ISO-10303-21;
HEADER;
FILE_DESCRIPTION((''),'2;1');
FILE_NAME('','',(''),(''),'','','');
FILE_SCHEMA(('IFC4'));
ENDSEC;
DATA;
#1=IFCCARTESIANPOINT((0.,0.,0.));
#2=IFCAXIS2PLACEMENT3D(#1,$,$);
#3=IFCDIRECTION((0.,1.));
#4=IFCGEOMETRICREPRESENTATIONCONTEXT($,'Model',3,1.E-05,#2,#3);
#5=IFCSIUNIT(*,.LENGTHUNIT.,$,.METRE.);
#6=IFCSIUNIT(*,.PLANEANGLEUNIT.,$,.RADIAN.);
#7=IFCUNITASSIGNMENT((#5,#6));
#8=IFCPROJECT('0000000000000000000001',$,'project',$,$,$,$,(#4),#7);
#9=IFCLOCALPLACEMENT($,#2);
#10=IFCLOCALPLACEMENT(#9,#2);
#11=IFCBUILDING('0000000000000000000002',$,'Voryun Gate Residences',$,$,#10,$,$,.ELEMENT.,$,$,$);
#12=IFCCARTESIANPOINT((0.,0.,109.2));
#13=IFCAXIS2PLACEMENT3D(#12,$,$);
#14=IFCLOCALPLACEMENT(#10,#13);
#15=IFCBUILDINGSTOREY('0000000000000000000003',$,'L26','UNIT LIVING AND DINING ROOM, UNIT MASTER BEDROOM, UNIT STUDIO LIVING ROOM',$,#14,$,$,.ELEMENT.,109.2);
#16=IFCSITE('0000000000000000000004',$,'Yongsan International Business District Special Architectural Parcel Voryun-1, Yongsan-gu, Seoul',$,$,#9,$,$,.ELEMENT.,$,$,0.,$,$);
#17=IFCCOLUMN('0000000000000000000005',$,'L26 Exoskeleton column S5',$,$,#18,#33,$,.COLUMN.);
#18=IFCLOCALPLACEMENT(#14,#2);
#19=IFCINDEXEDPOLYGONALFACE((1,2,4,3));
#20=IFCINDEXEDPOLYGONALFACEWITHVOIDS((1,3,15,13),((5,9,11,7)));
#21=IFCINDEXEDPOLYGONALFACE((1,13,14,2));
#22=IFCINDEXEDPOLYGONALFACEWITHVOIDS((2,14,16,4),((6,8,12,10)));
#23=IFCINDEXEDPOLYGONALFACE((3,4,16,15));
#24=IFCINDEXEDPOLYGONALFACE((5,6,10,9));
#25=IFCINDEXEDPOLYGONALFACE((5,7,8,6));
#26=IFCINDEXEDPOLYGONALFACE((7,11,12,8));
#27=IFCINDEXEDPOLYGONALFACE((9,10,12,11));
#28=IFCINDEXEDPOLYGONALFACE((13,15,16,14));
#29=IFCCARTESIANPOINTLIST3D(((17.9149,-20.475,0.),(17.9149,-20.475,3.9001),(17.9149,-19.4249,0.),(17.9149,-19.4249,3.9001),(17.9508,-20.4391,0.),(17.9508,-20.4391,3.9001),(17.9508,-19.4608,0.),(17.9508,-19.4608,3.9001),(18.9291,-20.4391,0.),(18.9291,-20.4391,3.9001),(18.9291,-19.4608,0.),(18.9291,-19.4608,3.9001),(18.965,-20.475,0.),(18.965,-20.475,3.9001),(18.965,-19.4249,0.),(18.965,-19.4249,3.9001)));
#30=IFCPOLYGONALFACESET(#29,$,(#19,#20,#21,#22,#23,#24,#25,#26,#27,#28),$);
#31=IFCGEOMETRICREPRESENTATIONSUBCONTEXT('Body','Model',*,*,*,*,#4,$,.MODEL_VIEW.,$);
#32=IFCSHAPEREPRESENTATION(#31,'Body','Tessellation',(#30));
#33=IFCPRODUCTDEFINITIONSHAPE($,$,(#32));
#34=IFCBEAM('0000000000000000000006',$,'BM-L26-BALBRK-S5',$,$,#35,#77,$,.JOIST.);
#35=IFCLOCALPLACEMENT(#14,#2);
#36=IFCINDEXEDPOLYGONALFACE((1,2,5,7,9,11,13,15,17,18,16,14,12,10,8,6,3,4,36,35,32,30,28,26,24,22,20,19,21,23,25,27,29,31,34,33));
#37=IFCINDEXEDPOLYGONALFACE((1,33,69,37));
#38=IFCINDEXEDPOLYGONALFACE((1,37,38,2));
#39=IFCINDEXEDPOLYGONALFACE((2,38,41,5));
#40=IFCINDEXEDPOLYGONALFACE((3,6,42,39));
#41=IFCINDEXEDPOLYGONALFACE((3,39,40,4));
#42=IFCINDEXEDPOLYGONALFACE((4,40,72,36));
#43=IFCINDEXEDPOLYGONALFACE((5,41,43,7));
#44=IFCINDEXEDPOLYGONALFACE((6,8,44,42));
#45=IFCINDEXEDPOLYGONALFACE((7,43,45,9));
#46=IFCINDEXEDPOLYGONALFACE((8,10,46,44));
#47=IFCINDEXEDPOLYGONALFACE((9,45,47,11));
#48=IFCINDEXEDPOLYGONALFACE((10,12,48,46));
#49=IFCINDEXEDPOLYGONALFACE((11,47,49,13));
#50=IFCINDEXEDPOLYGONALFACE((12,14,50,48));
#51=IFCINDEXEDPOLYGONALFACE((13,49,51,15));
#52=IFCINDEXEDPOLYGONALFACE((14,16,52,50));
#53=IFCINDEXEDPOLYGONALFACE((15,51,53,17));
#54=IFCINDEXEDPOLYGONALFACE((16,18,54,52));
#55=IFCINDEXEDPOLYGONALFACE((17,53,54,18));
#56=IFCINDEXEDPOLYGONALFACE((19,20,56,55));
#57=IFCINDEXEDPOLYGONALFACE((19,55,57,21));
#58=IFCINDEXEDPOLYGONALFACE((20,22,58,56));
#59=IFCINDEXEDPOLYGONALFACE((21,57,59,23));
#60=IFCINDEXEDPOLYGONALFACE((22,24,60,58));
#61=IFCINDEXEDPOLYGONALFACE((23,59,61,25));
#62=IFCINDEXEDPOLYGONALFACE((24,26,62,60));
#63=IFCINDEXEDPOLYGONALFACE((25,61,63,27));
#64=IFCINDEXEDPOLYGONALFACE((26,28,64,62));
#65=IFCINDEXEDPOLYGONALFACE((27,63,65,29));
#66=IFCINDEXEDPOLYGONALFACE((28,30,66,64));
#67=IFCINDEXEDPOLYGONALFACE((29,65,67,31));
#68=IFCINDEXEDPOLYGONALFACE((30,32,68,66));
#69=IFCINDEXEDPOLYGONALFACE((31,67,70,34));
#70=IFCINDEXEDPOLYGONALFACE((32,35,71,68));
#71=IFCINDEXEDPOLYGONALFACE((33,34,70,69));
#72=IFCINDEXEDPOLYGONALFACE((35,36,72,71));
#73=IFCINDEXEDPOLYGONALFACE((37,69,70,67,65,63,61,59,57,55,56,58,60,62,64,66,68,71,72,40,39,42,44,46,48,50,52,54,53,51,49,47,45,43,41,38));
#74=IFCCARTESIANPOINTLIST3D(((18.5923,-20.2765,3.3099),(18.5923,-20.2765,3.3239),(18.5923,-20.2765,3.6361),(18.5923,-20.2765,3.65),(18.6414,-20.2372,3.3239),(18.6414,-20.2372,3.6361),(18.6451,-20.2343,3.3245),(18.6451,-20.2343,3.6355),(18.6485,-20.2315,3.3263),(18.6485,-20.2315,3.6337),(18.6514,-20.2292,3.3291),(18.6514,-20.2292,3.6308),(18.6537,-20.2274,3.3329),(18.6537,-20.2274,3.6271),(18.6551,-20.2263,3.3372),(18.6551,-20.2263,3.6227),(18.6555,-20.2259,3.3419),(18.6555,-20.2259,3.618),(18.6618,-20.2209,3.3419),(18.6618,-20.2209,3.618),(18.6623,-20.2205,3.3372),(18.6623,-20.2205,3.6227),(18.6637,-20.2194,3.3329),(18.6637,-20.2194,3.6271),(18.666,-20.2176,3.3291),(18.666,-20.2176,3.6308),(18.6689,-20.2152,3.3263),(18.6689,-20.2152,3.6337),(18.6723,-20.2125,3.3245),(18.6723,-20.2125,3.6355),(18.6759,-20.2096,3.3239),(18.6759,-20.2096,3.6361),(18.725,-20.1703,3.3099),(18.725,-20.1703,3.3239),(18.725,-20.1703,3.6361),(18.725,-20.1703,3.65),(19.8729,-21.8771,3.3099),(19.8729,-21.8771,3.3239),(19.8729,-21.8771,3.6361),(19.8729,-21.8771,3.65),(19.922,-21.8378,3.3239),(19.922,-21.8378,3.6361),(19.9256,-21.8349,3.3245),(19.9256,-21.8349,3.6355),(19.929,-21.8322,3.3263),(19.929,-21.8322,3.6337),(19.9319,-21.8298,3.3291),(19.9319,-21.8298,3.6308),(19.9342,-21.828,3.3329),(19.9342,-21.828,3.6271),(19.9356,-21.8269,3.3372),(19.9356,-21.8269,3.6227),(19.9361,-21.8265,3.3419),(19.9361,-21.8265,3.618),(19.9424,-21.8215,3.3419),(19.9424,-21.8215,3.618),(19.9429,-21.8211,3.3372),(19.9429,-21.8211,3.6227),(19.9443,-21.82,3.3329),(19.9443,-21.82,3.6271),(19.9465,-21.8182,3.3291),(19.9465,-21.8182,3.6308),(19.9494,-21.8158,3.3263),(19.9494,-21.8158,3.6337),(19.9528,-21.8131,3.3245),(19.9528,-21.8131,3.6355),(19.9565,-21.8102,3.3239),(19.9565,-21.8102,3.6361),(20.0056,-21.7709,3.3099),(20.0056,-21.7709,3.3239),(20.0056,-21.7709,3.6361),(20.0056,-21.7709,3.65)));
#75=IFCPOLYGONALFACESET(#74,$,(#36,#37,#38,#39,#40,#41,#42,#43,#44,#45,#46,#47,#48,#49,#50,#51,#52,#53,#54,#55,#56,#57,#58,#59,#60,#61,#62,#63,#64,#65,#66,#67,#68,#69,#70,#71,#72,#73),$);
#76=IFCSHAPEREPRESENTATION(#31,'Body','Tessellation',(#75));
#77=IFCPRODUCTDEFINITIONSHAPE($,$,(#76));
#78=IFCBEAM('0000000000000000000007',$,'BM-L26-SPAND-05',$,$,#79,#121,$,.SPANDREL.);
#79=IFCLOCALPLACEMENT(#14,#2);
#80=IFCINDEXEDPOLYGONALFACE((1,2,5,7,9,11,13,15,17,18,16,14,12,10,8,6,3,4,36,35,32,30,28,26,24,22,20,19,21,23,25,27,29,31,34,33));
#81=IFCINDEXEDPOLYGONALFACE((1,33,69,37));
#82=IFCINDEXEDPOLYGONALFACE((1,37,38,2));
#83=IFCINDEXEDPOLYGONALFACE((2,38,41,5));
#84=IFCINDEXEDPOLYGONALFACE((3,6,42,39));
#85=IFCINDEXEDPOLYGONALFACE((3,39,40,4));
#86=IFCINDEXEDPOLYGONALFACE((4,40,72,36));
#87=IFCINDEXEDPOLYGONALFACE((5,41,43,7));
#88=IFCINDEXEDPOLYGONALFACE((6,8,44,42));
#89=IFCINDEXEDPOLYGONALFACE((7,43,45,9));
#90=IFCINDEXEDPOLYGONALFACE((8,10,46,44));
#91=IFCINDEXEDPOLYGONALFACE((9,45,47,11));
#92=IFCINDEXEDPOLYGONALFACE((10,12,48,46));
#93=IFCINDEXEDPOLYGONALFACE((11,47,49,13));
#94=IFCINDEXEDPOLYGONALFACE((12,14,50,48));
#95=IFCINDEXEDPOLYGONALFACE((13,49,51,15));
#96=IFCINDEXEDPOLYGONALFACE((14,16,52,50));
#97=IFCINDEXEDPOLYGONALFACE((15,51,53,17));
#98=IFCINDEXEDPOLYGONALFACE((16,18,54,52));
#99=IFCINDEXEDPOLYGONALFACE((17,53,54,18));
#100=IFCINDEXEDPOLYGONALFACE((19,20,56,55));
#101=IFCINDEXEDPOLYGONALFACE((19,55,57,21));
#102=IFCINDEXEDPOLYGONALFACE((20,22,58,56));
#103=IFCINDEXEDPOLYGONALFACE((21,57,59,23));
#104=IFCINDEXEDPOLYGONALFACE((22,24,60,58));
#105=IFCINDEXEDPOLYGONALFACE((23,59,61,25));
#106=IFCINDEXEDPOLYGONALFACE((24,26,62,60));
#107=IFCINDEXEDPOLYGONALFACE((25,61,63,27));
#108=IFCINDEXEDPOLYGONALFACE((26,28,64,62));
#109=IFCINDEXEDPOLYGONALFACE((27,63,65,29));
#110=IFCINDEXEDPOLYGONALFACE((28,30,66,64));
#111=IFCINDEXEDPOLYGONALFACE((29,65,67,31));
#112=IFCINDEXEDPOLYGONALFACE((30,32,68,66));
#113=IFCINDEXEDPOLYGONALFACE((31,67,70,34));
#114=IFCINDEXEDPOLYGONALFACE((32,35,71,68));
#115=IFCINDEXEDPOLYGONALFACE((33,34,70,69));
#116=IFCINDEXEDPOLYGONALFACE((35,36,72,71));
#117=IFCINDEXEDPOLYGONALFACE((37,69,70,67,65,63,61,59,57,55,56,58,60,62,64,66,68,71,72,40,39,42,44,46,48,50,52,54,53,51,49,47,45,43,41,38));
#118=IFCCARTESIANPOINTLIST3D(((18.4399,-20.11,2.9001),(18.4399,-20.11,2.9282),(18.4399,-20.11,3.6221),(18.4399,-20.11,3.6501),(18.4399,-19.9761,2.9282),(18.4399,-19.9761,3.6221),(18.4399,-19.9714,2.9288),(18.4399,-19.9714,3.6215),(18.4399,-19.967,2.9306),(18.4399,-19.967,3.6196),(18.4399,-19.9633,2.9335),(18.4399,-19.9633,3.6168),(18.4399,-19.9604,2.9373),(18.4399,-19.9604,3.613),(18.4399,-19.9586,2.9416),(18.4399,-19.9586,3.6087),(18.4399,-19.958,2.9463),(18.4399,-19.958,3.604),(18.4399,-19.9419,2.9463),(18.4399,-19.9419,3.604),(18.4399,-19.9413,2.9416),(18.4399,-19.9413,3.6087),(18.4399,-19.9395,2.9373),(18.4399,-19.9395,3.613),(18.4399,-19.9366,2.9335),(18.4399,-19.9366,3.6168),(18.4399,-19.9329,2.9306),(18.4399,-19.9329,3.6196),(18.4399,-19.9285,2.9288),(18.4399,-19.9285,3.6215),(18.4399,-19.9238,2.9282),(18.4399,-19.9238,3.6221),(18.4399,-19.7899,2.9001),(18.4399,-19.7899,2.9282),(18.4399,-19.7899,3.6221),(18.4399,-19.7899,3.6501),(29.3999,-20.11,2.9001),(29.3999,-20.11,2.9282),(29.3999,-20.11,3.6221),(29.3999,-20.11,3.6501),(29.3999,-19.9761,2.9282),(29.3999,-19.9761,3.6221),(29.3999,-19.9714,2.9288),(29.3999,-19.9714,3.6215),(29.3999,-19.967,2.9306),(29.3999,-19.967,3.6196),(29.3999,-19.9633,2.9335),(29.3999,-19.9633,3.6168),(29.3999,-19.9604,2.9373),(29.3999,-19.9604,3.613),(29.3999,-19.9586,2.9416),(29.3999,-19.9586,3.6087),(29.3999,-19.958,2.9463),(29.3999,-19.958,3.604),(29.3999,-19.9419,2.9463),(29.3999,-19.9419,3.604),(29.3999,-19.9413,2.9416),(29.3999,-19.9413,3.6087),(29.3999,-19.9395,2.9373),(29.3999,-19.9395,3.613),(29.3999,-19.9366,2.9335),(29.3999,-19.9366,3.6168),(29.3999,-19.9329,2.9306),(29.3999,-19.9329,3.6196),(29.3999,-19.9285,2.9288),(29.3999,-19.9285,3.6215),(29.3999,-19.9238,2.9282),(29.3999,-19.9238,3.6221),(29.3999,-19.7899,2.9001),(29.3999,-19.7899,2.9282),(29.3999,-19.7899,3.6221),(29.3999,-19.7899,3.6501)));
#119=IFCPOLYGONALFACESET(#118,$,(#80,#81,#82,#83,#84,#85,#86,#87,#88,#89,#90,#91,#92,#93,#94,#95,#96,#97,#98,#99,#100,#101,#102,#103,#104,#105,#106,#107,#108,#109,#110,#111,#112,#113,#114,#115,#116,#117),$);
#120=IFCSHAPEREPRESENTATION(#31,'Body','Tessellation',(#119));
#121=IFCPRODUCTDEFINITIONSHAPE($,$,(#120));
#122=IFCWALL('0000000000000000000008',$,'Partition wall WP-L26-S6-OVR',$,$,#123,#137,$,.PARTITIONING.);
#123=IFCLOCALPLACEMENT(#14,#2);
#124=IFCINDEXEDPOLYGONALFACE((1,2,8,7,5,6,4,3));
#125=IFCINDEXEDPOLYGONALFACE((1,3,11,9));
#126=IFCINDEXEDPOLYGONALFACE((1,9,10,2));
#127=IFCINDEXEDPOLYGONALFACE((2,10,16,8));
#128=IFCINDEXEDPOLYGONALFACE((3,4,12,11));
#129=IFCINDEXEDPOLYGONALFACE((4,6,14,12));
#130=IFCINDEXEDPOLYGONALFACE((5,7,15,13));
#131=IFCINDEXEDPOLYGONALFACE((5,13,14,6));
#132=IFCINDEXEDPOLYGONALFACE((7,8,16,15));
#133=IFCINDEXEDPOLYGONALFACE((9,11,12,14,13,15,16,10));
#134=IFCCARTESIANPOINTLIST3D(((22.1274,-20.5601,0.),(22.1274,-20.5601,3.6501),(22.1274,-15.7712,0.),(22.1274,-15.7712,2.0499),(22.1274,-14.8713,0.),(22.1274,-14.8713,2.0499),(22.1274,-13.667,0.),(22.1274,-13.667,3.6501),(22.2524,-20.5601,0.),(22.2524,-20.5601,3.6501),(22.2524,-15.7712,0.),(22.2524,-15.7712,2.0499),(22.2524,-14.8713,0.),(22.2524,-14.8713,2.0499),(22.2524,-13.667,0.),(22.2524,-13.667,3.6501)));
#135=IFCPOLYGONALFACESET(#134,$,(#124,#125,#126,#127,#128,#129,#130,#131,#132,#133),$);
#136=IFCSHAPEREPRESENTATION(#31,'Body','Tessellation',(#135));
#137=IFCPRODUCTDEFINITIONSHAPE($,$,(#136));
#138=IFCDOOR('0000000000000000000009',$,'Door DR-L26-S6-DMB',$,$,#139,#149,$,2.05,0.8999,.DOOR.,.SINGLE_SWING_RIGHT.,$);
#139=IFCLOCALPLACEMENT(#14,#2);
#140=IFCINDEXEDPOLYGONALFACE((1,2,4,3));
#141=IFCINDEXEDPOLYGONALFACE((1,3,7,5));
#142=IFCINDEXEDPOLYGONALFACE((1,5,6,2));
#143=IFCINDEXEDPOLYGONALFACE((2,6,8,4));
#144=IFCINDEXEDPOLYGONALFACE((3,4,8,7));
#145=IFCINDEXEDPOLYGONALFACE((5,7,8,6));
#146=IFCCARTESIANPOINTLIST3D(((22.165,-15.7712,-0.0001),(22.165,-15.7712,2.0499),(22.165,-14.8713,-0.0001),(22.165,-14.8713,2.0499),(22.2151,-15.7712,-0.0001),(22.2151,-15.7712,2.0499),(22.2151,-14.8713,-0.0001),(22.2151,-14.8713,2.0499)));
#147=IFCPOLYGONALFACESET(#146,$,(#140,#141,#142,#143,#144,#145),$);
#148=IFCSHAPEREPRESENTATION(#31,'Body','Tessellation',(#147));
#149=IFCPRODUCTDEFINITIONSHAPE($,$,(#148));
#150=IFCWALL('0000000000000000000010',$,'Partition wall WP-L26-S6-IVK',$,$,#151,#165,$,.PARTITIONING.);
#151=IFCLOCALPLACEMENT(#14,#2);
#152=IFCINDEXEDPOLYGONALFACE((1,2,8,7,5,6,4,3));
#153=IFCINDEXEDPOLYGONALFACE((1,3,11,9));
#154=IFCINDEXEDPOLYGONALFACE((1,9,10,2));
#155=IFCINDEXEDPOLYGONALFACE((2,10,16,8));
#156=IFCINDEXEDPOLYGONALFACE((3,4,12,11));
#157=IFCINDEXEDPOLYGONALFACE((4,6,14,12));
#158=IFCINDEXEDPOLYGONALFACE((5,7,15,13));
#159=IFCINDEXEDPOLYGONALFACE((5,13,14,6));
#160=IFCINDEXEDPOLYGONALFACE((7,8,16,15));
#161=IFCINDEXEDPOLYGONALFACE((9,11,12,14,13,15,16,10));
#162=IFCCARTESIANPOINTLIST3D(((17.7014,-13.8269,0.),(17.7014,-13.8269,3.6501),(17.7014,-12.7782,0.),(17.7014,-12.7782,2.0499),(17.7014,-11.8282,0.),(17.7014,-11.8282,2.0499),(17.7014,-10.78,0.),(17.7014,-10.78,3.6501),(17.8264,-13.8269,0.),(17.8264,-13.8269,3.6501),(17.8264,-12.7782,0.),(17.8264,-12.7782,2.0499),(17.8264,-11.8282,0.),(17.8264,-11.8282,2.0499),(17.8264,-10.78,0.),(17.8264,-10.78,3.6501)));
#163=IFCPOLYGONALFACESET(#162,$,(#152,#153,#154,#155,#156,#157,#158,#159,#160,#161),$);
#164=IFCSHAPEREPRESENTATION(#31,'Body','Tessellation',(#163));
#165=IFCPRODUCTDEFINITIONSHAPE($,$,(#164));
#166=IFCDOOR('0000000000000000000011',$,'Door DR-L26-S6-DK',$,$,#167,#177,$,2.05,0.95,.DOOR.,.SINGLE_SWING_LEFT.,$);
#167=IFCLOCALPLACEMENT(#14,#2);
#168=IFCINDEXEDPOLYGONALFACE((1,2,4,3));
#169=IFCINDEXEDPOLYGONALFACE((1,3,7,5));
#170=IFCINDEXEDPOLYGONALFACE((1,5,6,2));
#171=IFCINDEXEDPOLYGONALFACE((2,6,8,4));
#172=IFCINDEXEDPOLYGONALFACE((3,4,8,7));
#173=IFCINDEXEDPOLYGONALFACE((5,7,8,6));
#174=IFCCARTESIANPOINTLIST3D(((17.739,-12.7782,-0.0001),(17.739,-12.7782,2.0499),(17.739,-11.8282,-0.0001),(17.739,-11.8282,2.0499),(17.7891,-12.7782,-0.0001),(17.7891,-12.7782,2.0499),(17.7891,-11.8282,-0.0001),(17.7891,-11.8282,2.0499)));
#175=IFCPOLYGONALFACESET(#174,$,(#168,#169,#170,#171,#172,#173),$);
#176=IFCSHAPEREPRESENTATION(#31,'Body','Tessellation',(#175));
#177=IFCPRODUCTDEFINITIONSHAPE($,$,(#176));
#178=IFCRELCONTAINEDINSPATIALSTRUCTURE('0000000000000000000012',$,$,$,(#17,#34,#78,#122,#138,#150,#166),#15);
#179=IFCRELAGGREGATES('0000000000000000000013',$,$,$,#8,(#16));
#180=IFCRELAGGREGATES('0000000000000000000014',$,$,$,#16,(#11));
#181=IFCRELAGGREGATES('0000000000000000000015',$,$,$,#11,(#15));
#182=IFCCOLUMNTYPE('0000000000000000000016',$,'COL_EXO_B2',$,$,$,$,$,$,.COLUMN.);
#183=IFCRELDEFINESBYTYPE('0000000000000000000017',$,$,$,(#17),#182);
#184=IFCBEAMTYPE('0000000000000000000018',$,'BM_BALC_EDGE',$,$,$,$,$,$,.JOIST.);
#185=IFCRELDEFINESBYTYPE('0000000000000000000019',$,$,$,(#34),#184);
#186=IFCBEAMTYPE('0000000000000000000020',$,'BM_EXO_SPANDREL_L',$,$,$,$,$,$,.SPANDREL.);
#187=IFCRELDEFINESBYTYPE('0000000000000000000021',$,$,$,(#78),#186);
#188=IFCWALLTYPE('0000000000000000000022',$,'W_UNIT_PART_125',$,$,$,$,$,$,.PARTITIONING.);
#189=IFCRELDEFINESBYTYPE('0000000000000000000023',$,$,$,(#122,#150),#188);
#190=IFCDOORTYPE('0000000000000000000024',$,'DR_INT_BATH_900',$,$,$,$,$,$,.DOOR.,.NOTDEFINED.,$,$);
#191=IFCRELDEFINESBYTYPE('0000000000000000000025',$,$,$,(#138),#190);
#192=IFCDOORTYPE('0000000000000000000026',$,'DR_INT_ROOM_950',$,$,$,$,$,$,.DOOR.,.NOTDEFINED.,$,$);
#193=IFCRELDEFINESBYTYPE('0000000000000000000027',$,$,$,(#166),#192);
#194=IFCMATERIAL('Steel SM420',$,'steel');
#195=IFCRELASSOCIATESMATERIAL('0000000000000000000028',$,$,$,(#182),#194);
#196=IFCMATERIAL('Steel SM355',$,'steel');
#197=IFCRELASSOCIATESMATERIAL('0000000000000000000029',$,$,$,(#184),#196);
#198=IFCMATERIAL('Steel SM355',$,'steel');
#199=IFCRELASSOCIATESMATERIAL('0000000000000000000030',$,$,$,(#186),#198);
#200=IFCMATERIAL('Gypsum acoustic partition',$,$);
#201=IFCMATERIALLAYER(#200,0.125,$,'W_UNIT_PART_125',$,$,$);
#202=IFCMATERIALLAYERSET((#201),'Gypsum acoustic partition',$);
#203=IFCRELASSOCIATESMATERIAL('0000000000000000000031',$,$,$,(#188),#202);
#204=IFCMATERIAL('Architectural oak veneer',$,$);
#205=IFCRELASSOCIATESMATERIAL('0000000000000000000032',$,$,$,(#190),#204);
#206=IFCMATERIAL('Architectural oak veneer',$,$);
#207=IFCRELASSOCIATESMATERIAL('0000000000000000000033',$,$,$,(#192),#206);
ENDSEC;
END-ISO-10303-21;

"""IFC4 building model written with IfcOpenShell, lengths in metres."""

from ifc_helpers import new_model, si_unit, direction, frame, frame_2d, origin, origin_2d, place, context, subcontext, project, spatial, rectangle, hollow_rectangle, i_section, extrude, material, layer, layer_set, material_profile, profile_set, type_object, element, fill, save


model = new_model("IFC4")

# Units and contexts
model_context = context("Model", 3, precision=1e-05, world=origin(), true_north=direction((0.0, 1.0)))
body_context = subcontext(model_context, "Body", "Model", "MODEL_VIEW")
ifc_project = project(units=[si_unit("LENGTHUNIT", "METRE"), si_unit("PLANEANGLEUNIT", "RADIAN")], contexts=[model_context])

# Site, building, storey
site_placement = place(None, origin())
site = spatial("IfcSite", under=ifc_project, at=site_placement, Name="Yongsan International Business District Special Architectural Parcel Voryun-1, Yongsan-gu, Seoul", CompositionType="ELEMENT", RefElevation=0.0)
building_placement = place(site_placement, origin())
building = spatial("IfcBuilding", under=site, at=building_placement, Name="Voryun Gate Residences", CompositionType="ELEMENT")
storey_placement = place(building_placement, frame((0.0, 0.0, 109.2)))
storey = spatial("IfcBuildingStorey", under=building, at=storey_placement, Name="L26", Description="UNIT LIVING AND DINING ROOM, UNIT MASTER BEDROOM, UNIT STUDIO LIVING ROOM", CompositionType="ELEMENT", Elevation=109.2)

# Column
ifc_material_1 = material(Name="Steel SM420", Category="steel")
ifc_material_profile_1 = material_profile(ifc_material_1, hollow_rectangle(XDim=1.05, YDim=1.05, WallThickness=0.0359, at=origin_2d()), Name="BOX-1050x1050x36")
ifc_profile_set_1 = profile_set([ifc_material_profile_1], Name="Steel SM420")
column_type = type_object("IfcColumnType", Name="COL_EXO_B2", PredefinedType="COLUMN", material=ifc_profile_set_1)
column_placement = place(storey_placement, frame((18.4399, -19.95, 0.0), z_axis=(0.0, 0.0, 1.0), x_axis=(1.0, 0.0, 0.0)))
element("IfcColumn", 1, at=column_placement, inside=storey, type_object=column_type, Name="L26 Exoskeleton column S5", PredefinedType="COLUMN", context=body_context, shape_type="SweptSolid", body=[
    extrude(hollow_rectangle(XDim=1.05, YDim=1.05, WallThickness=0.0359, at=origin_2d()), origin(), (0.0, 0.0, 1.0), 3.9001),
])

# Beams
ifc_material_2 = material(Name="Steel SM355", Category="steel")
ifc_material_profile_2 = material_profile(ifc_material_2, i_section(OverallWidth=0.1699, OverallDepth=0.3401, WebThickness=0.0081, FlangeThickness=0.0139, FilletRadius=0.0181, at=origin_2d()), Name="H-340x170x8x14")
ifc_profile_set_2 = profile_set([ifc_material_profile_2], Name="Steel SM355")
beam_type_1 = type_object("IfcBeamType", Name="BM_BALC_EDGE", PredefinedType="JOIST", material=ifc_profile_set_2)
beam_1_placement = place(storey_placement, frame((18.6587, -20.2234, 3.48), z_axis=(0.62471, -0.780857, 0.0), x_axis=(0.780857, 0.62471, 0.0)))
element("IfcBeam", 2, at=beam_1_placement, inside=storey, type_object=beam_type_1, Name="BM-L26-BALBRK-S5", PredefinedType="JOIST", context=body_context, shape_type="SweptSolid", body=[
    extrude(i_section(OverallWidth=0.1699, OverallDepth=0.3401, WebThickness=0.0081, FlangeThickness=0.0139, FilletRadius=0.0181, at=origin_2d()), origin(), (0.0, 0.0, 1.0), 2.0498),
])
ifc_material_3 = material(Name="Steel SM355", Category="steel")
ifc_material_profile_3 = material_profile(ifc_material_3, i_section(OverallWidth=0.3201, OverallDepth=0.75, WebThickness=0.0161, FlangeThickness=0.0281, FilletRadius=0.0181, at=origin_2d()), Name="H-750x320x16x28")
ifc_profile_set_3 = profile_set([ifc_material_profile_3], Name="Steel SM355")
beam_type_2 = type_object("IfcBeamType", Name="BM_EXO_SPANDREL_L", PredefinedType="SPANDREL", material=ifc_profile_set_3)
beam_2_placement = place(storey_placement, frame((18.4399, -19.95, 3.2751), z_axis=(1.0, 0.0, 0.0), x_axis=(0.0, 1.0, 0.0)))
element("IfcBeam", 3, at=beam_2_placement, inside=storey, type_object=beam_type_2, Name="BM-L26-SPAND-05", PredefinedType="SPANDREL", context=body_context, shape_type="SweptSolid", body=[
    extrude(i_section(OverallWidth=0.3201, OverallDepth=0.75, WebThickness=0.0161, FlangeThickness=0.0281, FilletRadius=0.0181, at=origin_2d()), origin(), (0.0, 0.0, 1.0), 10.96),
])

# Walls, openings, doors
ifc_material_4 = material(Name="Gypsum acoustic partition")
ifc_layer = layer(ifc_material_4, 0.125, Name="W_UNIT_PART_125")
ifc_layer_set = layer_set([ifc_layer], Name="Gypsum acoustic partition")
wall_type = type_object("IfcWallType", Name="W_UNIT_PART_125", PredefinedType="PARTITIONING", material=ifc_layer_set)
wall_1_placement = place(storey_placement, frame((22.1899, -20.5601, 0.0), z_axis=(0.0, 0.0, 1.0), x_axis=(0.0, 1.0, 0.0)))
wall_1 = element("IfcWall", 4, at=wall_1_placement, inside=storey, type_object=wall_type, Name="Partition wall WP-L26-S6-OVR", PredefinedType="PARTITIONING", context=body_context, shape_type="SweptSolid", body=[
    extrude(rectangle(XDim=6.8931, YDim=0.125, at=frame_2d((3.4465, 0.0))), origin(), (0.0, 0.0, 1.0), 3.6501),
])
opening_1_placement = place(wall_1_placement, frame((4.7888, 0.0, 0.0)))
opening_1 = element("IfcOpeningElement", 5, at=opening_1_placement, cuts=wall_1, PredefinedType="OPENING", context=body_context, shape_type="SweptSolid", body=[
    extrude(rectangle(XDim=0.8999, YDim=2.05, at=frame_2d((0.45, 1.0249))), frame((0.0, 0.0725, 0.0), z_axis=(0.0, -1.0, 0.0), x_axis=(1.0, 0.0, 0.0)), (0.0, 0.0, 1.0), 0.145),
])
ifc_material_5 = material(Name="Architectural oak veneer")
door_type_1 = type_object("IfcDoorType", Name="DR_INT_BATH_900", OperationType="NOTDEFINED", PredefinedType="DOOR", material=ifc_material_5)
door_1_placement = place(opening_1_placement, origin())
door_1 = element("IfcDoor", 6, at=door_1_placement, inside=storey, type_object=door_type_1, Name="Door DR-L26-S6-DMB", OperationType="SINGLE_SWING_RIGHT", OverallHeight=2.05, OverallWidth=0.8999, PredefinedType="DOOR", context=body_context, shape_type="SweptSolid", body=[
    extrude(rectangle(XDim=0.8999, YDim=2.05, at=frame_2d((0.45, 1.0249))), frame((0.0, 0.0249, 0.0), z_axis=(0.0, -1.0, 0.0), x_axis=(1.0, 0.0, 0.0)), (0.0, 0.0, 1.0), 0.05),
])
fill(opening_1, door_1)
wall_2_placement = place(storey_placement, frame((17.7639, -13.8269, 0.0), z_axis=(0.0, 0.0, 1.0), x_axis=(0.0, 1.0, 0.0)))
wall_2 = element("IfcWall", 7, at=wall_2_placement, inside=storey, type_object=wall_type, Name="Partition wall WP-L26-S6-IVK", PredefinedType="PARTITIONING", context=body_context, shape_type="SweptSolid", body=[
    extrude(rectangle(XDim=3.0469, YDim=0.125, at=frame_2d((1.5234, 0.0))), origin(), (0.0, 0.0, 1.0), 3.6501),
])
opening_2_placement = place(wall_2_placement, frame((1.0486, 0.0, 0.0)))
opening_2 = element("IfcOpeningElement", 8, at=opening_2_placement, cuts=wall_2, PredefinedType="OPENING", context=body_context, shape_type="SweptSolid", body=[
    extrude(rectangle(XDim=0.95, YDim=2.05, at=frame_2d((0.4751, 1.0249))), frame((0.0, 0.0725, 0.0), z_axis=(0.0, -1.0, 0.0), x_axis=(1.0, 0.0, 0.0)), (0.0, 0.0, 1.0), 0.145),
])
ifc_material_6 = material(Name="Architectural oak veneer")
door_type_2 = type_object("IfcDoorType", Name="DR_INT_ROOM_950", OperationType="NOTDEFINED", PredefinedType="DOOR", material=ifc_material_6)
door_2_placement = place(opening_2_placement, origin())
door_2 = element("IfcDoor", 9, at=door_2_placement, inside=storey, type_object=door_type_2, Name="Door DR-L26-S6-DK", OperationType="SINGLE_SWING_LEFT", OverallHeight=2.05, OverallWidth=0.95, PredefinedType="DOOR", context=body_context, shape_type="SweptSolid", body=[
    extrude(rectangle(XDim=0.95, YDim=2.05, at=frame_2d((0.4751, 1.0249))), frame((0.0, 0.0249, 0.0), z_axis=(0.0, -1.0, 0.0), x_axis=(1.0, 0.0, 0.0)), (0.0, 0.0, 1.0), 0.05),
])
fill(opening_2, door_2)

save(model, "model.ifc")
